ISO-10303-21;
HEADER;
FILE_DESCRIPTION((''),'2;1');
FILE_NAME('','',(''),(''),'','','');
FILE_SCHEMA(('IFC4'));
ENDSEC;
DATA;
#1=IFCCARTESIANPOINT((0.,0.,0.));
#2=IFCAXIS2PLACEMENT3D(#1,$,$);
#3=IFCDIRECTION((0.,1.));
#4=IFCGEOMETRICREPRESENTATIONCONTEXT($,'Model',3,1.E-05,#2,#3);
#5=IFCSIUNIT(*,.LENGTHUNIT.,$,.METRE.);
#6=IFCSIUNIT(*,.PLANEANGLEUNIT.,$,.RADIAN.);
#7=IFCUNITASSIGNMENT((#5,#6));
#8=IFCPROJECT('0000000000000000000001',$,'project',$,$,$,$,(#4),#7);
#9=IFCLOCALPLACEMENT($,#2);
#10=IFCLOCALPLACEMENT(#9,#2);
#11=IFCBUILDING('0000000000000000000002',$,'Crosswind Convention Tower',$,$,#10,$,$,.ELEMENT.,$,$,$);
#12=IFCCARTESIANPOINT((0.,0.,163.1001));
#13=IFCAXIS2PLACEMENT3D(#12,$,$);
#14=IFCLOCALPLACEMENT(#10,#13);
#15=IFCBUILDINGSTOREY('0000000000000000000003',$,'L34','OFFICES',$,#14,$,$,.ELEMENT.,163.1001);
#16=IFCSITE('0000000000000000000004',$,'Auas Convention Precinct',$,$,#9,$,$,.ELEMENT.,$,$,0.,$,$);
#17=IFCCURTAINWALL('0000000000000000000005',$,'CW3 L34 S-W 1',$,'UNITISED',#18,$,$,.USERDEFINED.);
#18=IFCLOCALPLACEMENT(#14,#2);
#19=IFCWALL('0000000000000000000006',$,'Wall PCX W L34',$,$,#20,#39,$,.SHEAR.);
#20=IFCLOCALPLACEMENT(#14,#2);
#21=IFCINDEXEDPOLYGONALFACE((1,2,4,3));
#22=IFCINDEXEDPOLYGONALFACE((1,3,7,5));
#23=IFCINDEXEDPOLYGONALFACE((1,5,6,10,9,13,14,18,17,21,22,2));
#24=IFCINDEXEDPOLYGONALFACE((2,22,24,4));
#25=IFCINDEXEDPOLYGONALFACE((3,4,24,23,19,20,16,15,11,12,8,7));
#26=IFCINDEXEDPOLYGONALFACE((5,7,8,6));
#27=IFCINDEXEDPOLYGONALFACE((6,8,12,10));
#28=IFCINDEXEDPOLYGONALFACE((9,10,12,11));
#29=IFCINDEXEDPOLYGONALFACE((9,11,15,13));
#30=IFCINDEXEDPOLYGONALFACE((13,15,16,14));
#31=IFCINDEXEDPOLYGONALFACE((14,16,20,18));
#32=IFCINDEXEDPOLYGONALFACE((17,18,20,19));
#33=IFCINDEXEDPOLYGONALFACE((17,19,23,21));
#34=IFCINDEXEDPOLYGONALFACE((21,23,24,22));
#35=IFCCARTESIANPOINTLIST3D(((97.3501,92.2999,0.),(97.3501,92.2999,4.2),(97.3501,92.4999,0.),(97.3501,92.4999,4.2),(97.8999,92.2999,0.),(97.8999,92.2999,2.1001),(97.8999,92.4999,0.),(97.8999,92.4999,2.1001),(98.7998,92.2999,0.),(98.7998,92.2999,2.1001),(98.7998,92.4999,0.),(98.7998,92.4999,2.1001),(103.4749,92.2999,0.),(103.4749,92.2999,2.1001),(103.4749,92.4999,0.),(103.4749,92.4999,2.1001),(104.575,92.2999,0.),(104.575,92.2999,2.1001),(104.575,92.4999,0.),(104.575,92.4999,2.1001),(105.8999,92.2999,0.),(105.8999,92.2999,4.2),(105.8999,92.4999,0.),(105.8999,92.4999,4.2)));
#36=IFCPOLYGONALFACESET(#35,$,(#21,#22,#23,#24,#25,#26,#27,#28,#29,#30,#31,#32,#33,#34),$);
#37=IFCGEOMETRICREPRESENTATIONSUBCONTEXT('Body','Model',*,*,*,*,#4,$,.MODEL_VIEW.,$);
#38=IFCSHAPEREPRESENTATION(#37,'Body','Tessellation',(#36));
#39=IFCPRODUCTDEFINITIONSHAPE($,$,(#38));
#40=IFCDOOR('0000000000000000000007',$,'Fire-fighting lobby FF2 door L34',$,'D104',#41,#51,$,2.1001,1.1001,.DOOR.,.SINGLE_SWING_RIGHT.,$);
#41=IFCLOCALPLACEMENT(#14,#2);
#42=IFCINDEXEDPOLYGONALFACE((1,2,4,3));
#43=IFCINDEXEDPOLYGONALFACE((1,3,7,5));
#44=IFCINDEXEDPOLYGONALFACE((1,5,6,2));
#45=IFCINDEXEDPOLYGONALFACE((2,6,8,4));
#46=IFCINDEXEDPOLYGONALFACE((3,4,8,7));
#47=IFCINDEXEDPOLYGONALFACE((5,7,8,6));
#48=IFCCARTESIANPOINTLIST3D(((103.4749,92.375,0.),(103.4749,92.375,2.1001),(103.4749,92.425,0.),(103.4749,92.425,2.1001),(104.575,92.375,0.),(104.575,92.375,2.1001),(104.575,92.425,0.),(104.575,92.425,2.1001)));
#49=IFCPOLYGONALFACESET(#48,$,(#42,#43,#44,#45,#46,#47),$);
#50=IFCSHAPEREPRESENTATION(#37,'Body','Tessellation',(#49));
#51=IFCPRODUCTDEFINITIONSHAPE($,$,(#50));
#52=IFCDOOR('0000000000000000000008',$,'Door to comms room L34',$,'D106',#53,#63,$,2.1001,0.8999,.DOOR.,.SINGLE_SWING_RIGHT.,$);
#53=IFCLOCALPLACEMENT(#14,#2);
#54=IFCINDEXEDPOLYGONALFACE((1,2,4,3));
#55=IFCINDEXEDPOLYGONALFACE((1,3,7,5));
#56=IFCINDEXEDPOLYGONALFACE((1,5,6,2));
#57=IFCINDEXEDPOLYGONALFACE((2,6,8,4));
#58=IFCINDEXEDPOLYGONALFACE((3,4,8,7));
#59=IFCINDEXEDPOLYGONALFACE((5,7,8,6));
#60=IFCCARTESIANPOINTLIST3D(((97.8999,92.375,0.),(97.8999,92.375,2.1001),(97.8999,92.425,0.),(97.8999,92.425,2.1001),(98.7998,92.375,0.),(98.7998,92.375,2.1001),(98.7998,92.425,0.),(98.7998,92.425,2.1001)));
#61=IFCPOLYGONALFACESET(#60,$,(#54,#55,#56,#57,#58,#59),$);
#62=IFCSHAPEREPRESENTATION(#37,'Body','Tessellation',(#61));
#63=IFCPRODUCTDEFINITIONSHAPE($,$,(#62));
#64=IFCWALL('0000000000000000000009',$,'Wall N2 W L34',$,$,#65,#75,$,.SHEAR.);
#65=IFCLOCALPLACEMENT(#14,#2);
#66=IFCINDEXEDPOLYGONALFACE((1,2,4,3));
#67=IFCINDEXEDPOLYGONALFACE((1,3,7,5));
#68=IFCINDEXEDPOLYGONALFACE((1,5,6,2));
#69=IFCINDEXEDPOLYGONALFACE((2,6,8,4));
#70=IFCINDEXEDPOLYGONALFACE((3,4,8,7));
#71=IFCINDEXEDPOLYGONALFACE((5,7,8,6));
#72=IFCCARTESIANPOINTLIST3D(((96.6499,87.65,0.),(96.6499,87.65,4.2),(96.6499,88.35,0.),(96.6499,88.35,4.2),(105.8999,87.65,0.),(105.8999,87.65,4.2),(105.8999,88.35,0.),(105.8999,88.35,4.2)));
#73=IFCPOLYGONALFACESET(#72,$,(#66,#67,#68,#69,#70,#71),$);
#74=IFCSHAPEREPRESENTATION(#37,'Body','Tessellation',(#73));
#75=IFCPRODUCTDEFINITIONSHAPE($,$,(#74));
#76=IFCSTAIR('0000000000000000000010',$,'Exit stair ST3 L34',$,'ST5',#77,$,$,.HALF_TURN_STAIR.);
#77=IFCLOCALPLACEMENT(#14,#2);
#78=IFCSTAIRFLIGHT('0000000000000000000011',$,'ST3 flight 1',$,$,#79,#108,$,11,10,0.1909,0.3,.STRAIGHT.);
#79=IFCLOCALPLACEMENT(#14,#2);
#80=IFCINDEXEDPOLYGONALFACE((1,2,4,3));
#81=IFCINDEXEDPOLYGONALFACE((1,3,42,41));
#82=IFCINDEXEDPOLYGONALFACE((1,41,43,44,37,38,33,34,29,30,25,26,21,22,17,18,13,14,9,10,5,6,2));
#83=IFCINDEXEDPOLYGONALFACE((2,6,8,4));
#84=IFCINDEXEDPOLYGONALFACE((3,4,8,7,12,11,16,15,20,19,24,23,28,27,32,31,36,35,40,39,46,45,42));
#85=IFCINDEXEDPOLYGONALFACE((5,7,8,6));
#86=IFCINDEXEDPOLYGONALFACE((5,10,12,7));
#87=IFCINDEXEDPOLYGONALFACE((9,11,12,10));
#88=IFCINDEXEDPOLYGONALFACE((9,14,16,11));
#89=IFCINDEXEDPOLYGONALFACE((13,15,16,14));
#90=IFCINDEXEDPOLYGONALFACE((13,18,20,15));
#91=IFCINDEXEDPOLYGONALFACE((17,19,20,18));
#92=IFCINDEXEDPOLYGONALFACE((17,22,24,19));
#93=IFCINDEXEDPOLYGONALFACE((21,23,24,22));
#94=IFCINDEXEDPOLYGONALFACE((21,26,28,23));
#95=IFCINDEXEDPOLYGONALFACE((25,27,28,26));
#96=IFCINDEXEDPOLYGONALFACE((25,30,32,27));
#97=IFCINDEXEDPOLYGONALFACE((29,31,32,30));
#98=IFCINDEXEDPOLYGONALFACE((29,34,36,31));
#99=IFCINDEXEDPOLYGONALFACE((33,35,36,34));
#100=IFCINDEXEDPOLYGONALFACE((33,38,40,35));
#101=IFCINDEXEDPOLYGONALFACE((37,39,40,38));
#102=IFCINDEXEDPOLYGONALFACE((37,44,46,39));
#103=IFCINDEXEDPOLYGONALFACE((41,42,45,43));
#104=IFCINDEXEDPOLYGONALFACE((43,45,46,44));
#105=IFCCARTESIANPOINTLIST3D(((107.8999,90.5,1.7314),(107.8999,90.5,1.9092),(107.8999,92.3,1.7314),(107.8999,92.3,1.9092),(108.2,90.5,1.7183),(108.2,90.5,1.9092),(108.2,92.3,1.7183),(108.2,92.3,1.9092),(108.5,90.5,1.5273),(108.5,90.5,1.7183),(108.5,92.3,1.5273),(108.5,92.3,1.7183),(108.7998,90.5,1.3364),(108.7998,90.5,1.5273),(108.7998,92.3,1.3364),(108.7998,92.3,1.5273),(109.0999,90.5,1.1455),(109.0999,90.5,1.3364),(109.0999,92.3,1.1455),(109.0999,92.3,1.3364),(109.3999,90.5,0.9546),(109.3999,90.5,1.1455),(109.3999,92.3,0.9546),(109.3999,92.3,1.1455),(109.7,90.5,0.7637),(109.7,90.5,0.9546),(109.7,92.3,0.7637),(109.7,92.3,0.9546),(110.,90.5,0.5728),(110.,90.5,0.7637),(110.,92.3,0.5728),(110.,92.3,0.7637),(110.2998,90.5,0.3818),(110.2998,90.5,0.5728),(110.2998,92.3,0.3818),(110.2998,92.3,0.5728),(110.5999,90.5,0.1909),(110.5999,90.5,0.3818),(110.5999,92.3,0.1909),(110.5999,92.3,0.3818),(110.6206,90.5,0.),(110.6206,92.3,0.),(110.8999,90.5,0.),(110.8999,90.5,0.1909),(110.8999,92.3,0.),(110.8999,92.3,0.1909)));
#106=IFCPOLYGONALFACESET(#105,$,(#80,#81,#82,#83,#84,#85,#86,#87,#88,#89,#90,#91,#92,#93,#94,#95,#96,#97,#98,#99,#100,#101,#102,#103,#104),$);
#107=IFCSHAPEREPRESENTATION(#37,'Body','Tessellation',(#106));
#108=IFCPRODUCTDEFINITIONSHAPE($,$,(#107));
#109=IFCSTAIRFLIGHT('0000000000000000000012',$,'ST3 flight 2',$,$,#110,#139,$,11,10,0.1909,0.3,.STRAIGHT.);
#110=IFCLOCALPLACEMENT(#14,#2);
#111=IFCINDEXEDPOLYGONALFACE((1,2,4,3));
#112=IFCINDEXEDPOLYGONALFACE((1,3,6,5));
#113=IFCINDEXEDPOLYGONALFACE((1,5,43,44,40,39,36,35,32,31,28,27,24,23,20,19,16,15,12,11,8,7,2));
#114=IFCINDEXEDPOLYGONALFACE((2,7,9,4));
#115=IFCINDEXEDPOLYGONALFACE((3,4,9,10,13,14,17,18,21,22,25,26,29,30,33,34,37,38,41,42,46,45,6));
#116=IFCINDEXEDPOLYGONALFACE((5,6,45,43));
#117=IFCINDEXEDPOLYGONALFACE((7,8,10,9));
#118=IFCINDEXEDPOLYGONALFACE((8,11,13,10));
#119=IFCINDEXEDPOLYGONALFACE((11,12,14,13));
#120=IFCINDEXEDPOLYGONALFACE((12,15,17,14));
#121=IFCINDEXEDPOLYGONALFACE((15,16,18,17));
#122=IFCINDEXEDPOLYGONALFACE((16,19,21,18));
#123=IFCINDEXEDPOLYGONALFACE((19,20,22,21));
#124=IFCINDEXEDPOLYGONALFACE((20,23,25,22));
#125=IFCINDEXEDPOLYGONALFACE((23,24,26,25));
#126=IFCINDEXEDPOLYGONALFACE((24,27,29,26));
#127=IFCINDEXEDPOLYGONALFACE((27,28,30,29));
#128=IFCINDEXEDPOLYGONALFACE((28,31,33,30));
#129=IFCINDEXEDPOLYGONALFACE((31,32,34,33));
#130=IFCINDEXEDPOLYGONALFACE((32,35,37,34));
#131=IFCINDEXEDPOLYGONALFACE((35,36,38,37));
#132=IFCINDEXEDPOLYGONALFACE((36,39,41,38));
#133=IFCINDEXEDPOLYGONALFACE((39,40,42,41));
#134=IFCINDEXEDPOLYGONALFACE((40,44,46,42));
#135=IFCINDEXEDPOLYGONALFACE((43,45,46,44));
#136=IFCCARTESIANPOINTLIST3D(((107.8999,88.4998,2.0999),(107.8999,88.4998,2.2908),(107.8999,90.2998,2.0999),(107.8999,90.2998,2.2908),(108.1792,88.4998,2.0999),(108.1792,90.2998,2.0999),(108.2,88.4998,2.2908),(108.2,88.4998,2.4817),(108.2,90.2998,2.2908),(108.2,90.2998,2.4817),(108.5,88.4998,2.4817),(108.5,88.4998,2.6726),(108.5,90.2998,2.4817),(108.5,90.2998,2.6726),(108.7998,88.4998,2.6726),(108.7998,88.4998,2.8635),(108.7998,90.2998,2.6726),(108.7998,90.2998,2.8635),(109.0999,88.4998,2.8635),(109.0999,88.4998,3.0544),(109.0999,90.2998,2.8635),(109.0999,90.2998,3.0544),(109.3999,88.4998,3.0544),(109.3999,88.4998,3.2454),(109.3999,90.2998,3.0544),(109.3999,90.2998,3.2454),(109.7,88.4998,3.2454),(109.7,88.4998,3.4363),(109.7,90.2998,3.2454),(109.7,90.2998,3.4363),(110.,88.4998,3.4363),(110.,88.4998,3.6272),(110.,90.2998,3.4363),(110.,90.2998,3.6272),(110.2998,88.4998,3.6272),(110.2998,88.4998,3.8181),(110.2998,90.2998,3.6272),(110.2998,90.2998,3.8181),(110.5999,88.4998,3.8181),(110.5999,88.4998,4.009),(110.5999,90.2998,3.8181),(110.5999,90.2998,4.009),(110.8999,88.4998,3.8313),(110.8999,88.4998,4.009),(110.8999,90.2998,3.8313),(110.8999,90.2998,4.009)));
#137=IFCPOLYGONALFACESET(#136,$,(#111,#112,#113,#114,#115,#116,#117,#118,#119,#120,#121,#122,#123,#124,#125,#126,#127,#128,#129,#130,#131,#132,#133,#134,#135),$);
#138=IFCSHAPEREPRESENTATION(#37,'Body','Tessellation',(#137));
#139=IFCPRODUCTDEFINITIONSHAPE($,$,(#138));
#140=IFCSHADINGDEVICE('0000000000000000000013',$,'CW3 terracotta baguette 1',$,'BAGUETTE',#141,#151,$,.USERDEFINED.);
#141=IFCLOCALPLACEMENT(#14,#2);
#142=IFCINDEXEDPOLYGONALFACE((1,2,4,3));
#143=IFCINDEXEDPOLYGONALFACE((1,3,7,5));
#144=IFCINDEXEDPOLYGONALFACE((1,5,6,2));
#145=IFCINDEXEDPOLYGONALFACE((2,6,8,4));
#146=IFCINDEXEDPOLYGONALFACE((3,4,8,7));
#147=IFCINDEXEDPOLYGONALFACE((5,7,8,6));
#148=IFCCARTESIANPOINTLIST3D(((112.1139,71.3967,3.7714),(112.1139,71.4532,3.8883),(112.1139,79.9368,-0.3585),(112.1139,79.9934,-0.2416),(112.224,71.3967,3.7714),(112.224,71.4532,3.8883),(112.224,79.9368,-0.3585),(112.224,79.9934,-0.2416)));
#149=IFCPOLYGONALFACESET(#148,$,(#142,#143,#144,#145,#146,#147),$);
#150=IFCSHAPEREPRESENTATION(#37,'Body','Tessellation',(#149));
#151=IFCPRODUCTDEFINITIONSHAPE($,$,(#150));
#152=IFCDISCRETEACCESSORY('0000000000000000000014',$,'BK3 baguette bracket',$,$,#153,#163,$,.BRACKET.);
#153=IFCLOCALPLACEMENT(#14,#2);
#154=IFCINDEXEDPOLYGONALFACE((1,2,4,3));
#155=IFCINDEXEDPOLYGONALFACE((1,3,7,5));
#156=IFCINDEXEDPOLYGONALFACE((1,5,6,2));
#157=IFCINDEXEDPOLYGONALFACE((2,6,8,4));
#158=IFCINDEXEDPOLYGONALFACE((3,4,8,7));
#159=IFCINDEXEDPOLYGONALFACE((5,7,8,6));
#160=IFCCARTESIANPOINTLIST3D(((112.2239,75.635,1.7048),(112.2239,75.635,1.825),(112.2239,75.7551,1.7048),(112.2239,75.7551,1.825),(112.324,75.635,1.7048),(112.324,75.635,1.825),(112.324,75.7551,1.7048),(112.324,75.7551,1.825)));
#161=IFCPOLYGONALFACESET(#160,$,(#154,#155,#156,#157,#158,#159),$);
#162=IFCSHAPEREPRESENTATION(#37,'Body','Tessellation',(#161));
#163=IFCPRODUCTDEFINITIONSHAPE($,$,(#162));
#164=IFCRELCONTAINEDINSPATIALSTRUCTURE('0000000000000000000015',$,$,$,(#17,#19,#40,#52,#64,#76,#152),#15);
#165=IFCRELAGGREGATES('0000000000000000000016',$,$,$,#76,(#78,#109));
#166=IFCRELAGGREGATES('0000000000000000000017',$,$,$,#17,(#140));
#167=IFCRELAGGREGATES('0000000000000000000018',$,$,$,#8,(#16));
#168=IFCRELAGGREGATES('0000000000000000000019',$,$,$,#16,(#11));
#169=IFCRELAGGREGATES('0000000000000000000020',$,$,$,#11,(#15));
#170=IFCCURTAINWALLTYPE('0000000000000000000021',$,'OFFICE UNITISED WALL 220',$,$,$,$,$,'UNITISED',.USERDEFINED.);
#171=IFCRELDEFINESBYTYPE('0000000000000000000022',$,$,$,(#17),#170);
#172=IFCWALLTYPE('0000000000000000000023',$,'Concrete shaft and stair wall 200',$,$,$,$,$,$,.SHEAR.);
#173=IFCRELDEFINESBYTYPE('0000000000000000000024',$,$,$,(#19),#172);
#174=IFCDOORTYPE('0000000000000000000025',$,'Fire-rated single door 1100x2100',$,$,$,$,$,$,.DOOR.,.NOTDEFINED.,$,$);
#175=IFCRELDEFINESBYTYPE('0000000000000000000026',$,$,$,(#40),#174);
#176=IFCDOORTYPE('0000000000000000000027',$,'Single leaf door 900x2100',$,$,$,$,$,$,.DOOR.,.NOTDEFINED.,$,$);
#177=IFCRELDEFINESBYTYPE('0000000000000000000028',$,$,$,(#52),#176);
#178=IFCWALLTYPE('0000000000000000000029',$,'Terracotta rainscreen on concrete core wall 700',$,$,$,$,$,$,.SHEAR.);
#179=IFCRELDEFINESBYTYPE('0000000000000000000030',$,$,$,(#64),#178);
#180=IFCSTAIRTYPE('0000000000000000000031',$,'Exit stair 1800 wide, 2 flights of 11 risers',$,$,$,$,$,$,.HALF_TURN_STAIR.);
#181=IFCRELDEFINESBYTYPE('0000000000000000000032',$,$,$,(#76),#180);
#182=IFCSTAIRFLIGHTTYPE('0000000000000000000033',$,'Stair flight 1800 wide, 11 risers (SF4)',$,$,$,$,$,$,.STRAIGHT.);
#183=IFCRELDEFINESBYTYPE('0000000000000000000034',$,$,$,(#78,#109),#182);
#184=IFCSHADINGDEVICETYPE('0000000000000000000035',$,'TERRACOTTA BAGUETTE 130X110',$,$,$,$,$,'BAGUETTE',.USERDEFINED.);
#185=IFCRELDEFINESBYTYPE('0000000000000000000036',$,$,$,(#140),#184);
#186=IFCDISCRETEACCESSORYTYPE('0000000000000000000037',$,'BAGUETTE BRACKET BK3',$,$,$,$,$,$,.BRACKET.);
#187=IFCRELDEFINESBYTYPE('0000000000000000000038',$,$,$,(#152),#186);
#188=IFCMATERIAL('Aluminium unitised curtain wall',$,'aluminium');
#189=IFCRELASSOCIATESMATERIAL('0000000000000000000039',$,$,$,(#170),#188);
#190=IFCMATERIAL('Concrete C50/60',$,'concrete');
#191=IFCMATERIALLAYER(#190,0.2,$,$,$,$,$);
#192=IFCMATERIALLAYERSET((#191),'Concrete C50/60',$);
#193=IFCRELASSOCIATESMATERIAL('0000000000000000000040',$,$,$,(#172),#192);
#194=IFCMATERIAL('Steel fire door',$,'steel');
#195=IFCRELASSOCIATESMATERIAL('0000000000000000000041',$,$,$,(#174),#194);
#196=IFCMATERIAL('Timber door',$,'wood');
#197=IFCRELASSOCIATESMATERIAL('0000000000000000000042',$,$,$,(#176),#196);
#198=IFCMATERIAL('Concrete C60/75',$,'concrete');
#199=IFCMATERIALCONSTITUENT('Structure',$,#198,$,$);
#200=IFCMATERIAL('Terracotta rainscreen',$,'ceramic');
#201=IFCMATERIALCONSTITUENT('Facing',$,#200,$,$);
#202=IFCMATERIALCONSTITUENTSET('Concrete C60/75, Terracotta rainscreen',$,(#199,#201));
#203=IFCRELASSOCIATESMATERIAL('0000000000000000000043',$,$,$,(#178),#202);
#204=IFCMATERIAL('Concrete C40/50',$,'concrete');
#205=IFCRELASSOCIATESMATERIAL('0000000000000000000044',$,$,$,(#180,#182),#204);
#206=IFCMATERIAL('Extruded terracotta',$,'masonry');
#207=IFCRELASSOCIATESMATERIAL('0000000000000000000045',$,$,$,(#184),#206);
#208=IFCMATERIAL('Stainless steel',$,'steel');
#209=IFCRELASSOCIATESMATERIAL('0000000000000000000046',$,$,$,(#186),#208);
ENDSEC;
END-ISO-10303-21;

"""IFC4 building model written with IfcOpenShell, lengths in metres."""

from ifc_helpers import new_model, si_unit, direction, frame, frame_2d, origin, origin_2d, place, context, subcontext, project, spatial, polyline, rectangle, outline, extrude, material, layer, layer_set, constituent, constituent_set, material_profile, profile_set, type_object, element, fill, aggregate, save


model = new_model("IFC4")

# Units and contexts
model_context = context("Model", 3, precision=1e-05, world=origin(), true_north=direction((0.0, 1.0)))
body_context = subcontext(model_context, "Body", "Model", "MODEL_VIEW")
ifc_project = project(units=[si_unit("LENGTHUNIT", "METRE"), si_unit("PLANEANGLEUNIT", "RADIAN")], contexts=[model_context])

# Site, building, storey
site_placement = place(None, origin())
site = spatial("IfcSite", under=ifc_project, at=site_placement, Name="Auas Convention Precinct", CompositionType="ELEMENT", RefElevation=0.0)
building_placement = place(site_placement, origin())
building = spatial("IfcBuilding", under=site, at=building_placement, Name="Crosswind Convention Tower", CompositionType="ELEMENT")
storey_placement = place(building_placement, frame((0.0, 0.0, 163.1001)))
storey = spatial("IfcBuildingStorey", under=building, at=storey_placement, Name="L34", Description="OFFICES", CompositionType="ELEMENT", Elevation=163.1001)

# Shared definitions
ifc_material_1 = material(Name="Concrete C60/75", Category="concrete")

# Shared definitions
ifc_material_2 = material(Name="Aluminium unitised curtain wall", Category="aluminium")

# Curtain wall
curtain_wall_type_1 = type_object("IfcCurtainWallType", Name="OFFICE UNITISED WALL 220", ElementType="UNITISED", PredefinedType="USERDEFINED", material=ifc_material_2)
curtain_wall_1_placement = place(storey_placement, origin())
curtain_wall_1 = element("IfcCurtainWall", 1, at=curtain_wall_1_placement, inside=storey, type_object=curtain_wall_type_1, Name="CW3 L34 S-W 1", ObjectType="UNITISED", PredefinedType="USERDEFINED")

# Shared definitions
ifc_material_3 = material(Name="Concrete C50/60", Category="concrete")
ifc_layer_1 = layer(ifc_material_3, 0.2)
ifc_layer_set_1 = layer_set([ifc_layer_1], Name="Concrete C50/60")
wall_type_1 = type_object("IfcWallType", Name="Concrete shaft and stair wall 200", PredefinedType="SHEAR", material=ifc_layer_set_1)

# Shared definitions
ifc_material_4 = material(Name="Stainless steel", Category="steel")

# Wall, openings, doors
wall_1_placement = place(storey_placement, frame((105.8999, 92.3999, 0.0), z_axis=(0.0, 0.0, 1.0), x_axis=(-1.0, 0.0, 0.0)))
wall_1 = element("IfcWall", 2, at=wall_1_placement, inside=storey, type_object=wall_type_1, Name="Wall PCX W L34", PredefinedType="SHEAR", context=body_context, shape_type="SweptSolid", body=[
    extrude(rectangle(XDim=8.5498, YDim=0.2, at=frame_2d((4.2749, 0.0))), origin(), (0.0, 0.0, 1.0), 4.2),
])
opening_1_placement = place(wall_1_placement, frame((1.325, 0.0, 0.0)))
opening_1 = element("IfcOpeningElement", 3, at=opening_1_placement, cuts=wall_1, PredefinedType="OPENING", context=body_context, shape_type="SweptSolid", body=[
    extrude(rectangle(XDim=1.1001, YDim=2.1001, at=frame_2d((0.55, 1.05))), frame((0.0, 0.1099, 0.0), z_axis=(0.0, -1.0, 0.0), x_axis=(1.0, 0.0, 0.0)), (0.0, 0.0, 1.0), 0.22),
])
opening_2_placement = place(wall_1_placement, frame((7.1001, 0.0, 0.0)))
opening_2 = element("IfcOpeningElement", 4, at=opening_2_placement, cuts=wall_1, PredefinedType="OPENING", context=body_context, shape_type="SweptSolid", body=[
    extrude(rectangle(XDim=0.8999, YDim=2.1001, at=frame_2d((0.45, 1.05))), frame((0.0, 0.1099, 0.0), z_axis=(0.0, -1.0, 0.0), x_axis=(1.0, 0.0, 0.0)), (0.0, 0.0, 1.0), 0.22),
])
ifc_material_5 = material(Name="Steel fire door", Category="steel")
door_type_1 = type_object("IfcDoorType", Name="Fire-rated single door 1100x2100", OperationType="NOTDEFINED", PredefinedType="DOOR", material=ifc_material_5)
door_1_placement = place(opening_1_placement, origin())
door_1 = element("IfcDoor", 5, at=door_1_placement, inside=storey, type_object=door_type_1, Name="Fire-fighting lobby FF2 door L34", ObjectType="D104", OperationType="SINGLE_SWING_RIGHT", OverallHeight=2.1001, OverallWidth=1.1001, PredefinedType="DOOR", context=body_context, shape_type="SweptSolid", body=[
    extrude(rectangle(XDim=1.1001, YDim=2.1001, at=frame_2d((0.55, 1.05))), frame((0.0, 0.0249, 0.0), z_axis=(0.0, -1.0, 0.0), x_axis=(1.0, 0.0, 0.0)), (0.0, 0.0, 1.0), 0.05),
])
fill(opening_1, door_1)
ifc_material_6 = material(Name="Timber door", Category="wood")
door_type_2 = type_object("IfcDoorType", Name="Single leaf door 900x2100", OperationType="NOTDEFINED", PredefinedType="DOOR", material=ifc_material_6)
door_2_placement = place(opening_2_placement, origin())
door_2 = element("IfcDoor", 6, at=door_2_placement, inside=storey, type_object=door_type_2, Name="Door to comms room L34", ObjectType="D106", OperationType="SINGLE_SWING_RIGHT", OverallHeight=2.1001, OverallWidth=0.8999, PredefinedType="DOOR", context=body_context, shape_type="SweptSolid", body=[
    extrude(rectangle(XDim=0.8999, YDim=2.1001, at=frame_2d((0.45, 1.05))), frame((0.0, 0.0249, 0.0), z_axis=(0.0, -1.0, 0.0), x_axis=(1.0, 0.0, 0.0)), (0.0, 0.0, 1.0), 0.05),
])
fill(opening_2, door_2)

# Wall
ifc_constituent_1 = constituent(ifc_material_1, Name="Structure")
ifc_material_7 = material(Name="Terracotta rainscreen", Category="ceramic")
ifc_constituent_2 = constituent(ifc_material_7, Name="Facing")
ifc_constituent_set = constituent_set(constituents=[ifc_constituent_1, ifc_constituent_2], Name="Concrete C60/75, Terracotta rainscreen")
wall_type_2 = type_object("IfcWallType", Name="Terracotta rainscreen on concrete core wall 700", PredefinedType="SHEAR", material=ifc_constituent_set)
wall_2_placement = place(storey_placement, frame((105.8999, 88.0, 0.0), z_axis=(0.0, 0.0, 1.0), x_axis=(-1.0, 0.0, 0.0)))
element("IfcWall", 7, at=wall_2_placement, inside=storey, type_object=wall_type_2, Name="Wall N2 W L34", PredefinedType="SHEAR", context=body_context, shape_type="SweptSolid", body=[
    extrude(rectangle(XDim=9.25, YDim=0.7, at=frame_2d((4.625, 0.0))), origin(), (0.0, 0.0, 1.0), 4.2),
])

# Stair, stair flights
ifc_material_8 = material(Name="Concrete C40/50", Category="concrete")
stair_type = type_object("IfcStairType", Name="Exit stair 1800 wide, 2 flights of 11 risers", PredefinedType="HALF_TURN_STAIR", material=ifc_material_8)
stair_placement = place(storey_placement, origin())
stair = element("IfcStair", 8, at=stair_placement, inside=storey, type_object=stair_type, Name="Exit stair ST3 L34", ObjectType="ST5", PredefinedType="HALF_TURN_STAIR")
stair_flight_type = type_object("IfcStairFlightType", Name="Stair flight 1800 wide, 11 risers (SF4)", PredefinedType="STRAIGHT", material=ifc_material_8)
stair_flight_1_placement = place(storey_placement, frame((110.8999, 91.3999, 0.0), z_axis=(0.0, 0.0, 1.0), x_axis=(-1.0, 0.0, 0.0)))
stair_flight_1 = element("IfcStairFlight", 9, at=stair_flight_1_placement, type_object=stair_flight_type, Name="ST3 flight 1", NumberOfRisers=11, NumberOfTreads=10, PredefinedType="STRAIGHT", RiserHeight=0.1909, TreadLength=0.3, context=body_context, shape_type="SweptSolid", body=[
    extrude(outline(polyline([(0.0, 0.0), (0.0, 0.1909), (0.3, 0.1909), (0.3, 0.3818), (0.6001, 0.3818), (0.6001, 0.5728), (0.8999, 0.5728), (0.8999, 0.7637), (1.2, 0.7637), (1.2, 0.9546), (1.5, 0.9546), (1.5, 1.1455), (1.8, 1.1455), (1.8, 1.3364), (2.1001, 1.3364), (2.1001, 1.5273), (2.3999, 1.5273), (2.3999, 1.7183), (2.7, 1.7183), (2.7, 1.9092), (3.0, 1.9092), (3.0, 2.1001), (3.0, 1.7314), (0.2793, 0.0), (0.0, 0.0)])), frame((0.0, 0.8999, 0.0), z_axis=(0.0, -1.0, 0.0), x_axis=(1.0, 0.0, 0.0)), (0.0, 0.0, 1.0), 1.8),
])
stair_flight_2_placement = place(storey_placement, frame((107.8999, 89.3999, 2.0999), z_axis=(0.0, 0.0, 1.0), x_axis=(1.0, 0.0, 0.0)))
stair_flight_2 = element("IfcStairFlight", 10, at=stair_flight_2_placement, type_object=stair_flight_type, Name="ST3 flight 2", NumberOfRisers=11, NumberOfTreads=10, PredefinedType="STRAIGHT", RiserHeight=0.1909, TreadLength=0.3, context=body_context, shape_type="SweptSolid", body=[
    extrude(outline(polyline([(0.0, 0.0), (0.0, 0.1909), (0.3, 0.1909), (0.3, 0.3818), (0.6001, 0.3818), (0.6001, 0.5728), (0.8999, 0.5728), (0.8999, 0.7637), (1.2, 0.7637), (1.2, 0.9546), (1.5, 0.9546), (1.5, 1.1455), (1.8, 1.1455), (1.8, 1.3364), (2.1001, 1.3364), (2.1001, 1.5273), (2.3999, 1.5273), (2.3999, 1.7183), (2.7, 1.7183), (2.7, 1.9092), (3.0, 1.9092), (3.0, 2.1001), (3.0, 1.7314), (0.2793, 0.0), (0.0, 0.0)])), frame((0.0, 0.8999, 0.0), z_axis=(0.0, -1.0, 0.0), x_axis=(1.0, 0.0, 0.0)), (0.0, 0.0, 1.0), 1.8),
])
aggregate(stair, [stair_flight_1, stair_flight_2])

# Shading device
ifc_material_9 = material(Name="Extruded terracotta", Category="masonry")
ifc_material_profile_1 = material_profile(ifc_material_9, rectangle(XDim=0.1101, YDim=0.1299, at=origin_2d()), Name="TC 110X130")
ifc_profile_set_1 = profile_set([ifc_material_profile_1], Name="Extruded terracotta")
shading_device_type = type_object("IfcShadingDeviceType", Name="TERRACOTTA BAGUETTE 130X110", ElementType="BAGUETTE", PredefinedType="USERDEFINED", material=ifc_profile_set_1)
shading_device_placement = place(storey_placement, frame((112.1689, 79.9651, -0.3), z_axis=(0.0, -0.900258, 0.435356), x_axis=(1.0, 0.0, 0.0)))
shading_device = element("IfcShadingDevice", 11, at=shading_device_placement, type_object=shading_device_type, Name="CW3 terracotta baguette 1", ObjectType="BAGUETTE", PredefinedType="USERDEFINED", context=body_context, shape_type="SweptSolid", body=[
    extrude(rectangle(XDim=0.1101, YDim=0.1299, at=origin_2d()), origin(), (0.0, 0.0, 1.0), 9.4863),
])
aggregate(curtain_wall_1, [shading_device])

# Discrete accessory
discrete_accessory_type = type_object("IfcDiscreteAccessoryType", Name="BAGUETTE BRACKET BK3", PredefinedType="BRACKET", material=ifc_material_4)
discrete_accessory_placement = place(storey_placement, frame((112.2739, 75.6951, 1.7048), z_axis=(0.0, 0.0, 1.0), x_axis=(0.0, -1.0, 0.0)))
element("IfcDiscreteAccessory", 12, at=discrete_accessory_placement, inside=storey, type_object=discrete_accessory_type, Name="BK3 baguette bracket", PredefinedType="BRACKET", context=body_context, shape_type="SweptSolid", body=[
    extrude(rectangle(XDim=0.1201, YDim=0.1001, at=origin_2d()), origin(), (0.0, 0.0, 1.0), 0.1201),
])

save(model, "model.ifc")
